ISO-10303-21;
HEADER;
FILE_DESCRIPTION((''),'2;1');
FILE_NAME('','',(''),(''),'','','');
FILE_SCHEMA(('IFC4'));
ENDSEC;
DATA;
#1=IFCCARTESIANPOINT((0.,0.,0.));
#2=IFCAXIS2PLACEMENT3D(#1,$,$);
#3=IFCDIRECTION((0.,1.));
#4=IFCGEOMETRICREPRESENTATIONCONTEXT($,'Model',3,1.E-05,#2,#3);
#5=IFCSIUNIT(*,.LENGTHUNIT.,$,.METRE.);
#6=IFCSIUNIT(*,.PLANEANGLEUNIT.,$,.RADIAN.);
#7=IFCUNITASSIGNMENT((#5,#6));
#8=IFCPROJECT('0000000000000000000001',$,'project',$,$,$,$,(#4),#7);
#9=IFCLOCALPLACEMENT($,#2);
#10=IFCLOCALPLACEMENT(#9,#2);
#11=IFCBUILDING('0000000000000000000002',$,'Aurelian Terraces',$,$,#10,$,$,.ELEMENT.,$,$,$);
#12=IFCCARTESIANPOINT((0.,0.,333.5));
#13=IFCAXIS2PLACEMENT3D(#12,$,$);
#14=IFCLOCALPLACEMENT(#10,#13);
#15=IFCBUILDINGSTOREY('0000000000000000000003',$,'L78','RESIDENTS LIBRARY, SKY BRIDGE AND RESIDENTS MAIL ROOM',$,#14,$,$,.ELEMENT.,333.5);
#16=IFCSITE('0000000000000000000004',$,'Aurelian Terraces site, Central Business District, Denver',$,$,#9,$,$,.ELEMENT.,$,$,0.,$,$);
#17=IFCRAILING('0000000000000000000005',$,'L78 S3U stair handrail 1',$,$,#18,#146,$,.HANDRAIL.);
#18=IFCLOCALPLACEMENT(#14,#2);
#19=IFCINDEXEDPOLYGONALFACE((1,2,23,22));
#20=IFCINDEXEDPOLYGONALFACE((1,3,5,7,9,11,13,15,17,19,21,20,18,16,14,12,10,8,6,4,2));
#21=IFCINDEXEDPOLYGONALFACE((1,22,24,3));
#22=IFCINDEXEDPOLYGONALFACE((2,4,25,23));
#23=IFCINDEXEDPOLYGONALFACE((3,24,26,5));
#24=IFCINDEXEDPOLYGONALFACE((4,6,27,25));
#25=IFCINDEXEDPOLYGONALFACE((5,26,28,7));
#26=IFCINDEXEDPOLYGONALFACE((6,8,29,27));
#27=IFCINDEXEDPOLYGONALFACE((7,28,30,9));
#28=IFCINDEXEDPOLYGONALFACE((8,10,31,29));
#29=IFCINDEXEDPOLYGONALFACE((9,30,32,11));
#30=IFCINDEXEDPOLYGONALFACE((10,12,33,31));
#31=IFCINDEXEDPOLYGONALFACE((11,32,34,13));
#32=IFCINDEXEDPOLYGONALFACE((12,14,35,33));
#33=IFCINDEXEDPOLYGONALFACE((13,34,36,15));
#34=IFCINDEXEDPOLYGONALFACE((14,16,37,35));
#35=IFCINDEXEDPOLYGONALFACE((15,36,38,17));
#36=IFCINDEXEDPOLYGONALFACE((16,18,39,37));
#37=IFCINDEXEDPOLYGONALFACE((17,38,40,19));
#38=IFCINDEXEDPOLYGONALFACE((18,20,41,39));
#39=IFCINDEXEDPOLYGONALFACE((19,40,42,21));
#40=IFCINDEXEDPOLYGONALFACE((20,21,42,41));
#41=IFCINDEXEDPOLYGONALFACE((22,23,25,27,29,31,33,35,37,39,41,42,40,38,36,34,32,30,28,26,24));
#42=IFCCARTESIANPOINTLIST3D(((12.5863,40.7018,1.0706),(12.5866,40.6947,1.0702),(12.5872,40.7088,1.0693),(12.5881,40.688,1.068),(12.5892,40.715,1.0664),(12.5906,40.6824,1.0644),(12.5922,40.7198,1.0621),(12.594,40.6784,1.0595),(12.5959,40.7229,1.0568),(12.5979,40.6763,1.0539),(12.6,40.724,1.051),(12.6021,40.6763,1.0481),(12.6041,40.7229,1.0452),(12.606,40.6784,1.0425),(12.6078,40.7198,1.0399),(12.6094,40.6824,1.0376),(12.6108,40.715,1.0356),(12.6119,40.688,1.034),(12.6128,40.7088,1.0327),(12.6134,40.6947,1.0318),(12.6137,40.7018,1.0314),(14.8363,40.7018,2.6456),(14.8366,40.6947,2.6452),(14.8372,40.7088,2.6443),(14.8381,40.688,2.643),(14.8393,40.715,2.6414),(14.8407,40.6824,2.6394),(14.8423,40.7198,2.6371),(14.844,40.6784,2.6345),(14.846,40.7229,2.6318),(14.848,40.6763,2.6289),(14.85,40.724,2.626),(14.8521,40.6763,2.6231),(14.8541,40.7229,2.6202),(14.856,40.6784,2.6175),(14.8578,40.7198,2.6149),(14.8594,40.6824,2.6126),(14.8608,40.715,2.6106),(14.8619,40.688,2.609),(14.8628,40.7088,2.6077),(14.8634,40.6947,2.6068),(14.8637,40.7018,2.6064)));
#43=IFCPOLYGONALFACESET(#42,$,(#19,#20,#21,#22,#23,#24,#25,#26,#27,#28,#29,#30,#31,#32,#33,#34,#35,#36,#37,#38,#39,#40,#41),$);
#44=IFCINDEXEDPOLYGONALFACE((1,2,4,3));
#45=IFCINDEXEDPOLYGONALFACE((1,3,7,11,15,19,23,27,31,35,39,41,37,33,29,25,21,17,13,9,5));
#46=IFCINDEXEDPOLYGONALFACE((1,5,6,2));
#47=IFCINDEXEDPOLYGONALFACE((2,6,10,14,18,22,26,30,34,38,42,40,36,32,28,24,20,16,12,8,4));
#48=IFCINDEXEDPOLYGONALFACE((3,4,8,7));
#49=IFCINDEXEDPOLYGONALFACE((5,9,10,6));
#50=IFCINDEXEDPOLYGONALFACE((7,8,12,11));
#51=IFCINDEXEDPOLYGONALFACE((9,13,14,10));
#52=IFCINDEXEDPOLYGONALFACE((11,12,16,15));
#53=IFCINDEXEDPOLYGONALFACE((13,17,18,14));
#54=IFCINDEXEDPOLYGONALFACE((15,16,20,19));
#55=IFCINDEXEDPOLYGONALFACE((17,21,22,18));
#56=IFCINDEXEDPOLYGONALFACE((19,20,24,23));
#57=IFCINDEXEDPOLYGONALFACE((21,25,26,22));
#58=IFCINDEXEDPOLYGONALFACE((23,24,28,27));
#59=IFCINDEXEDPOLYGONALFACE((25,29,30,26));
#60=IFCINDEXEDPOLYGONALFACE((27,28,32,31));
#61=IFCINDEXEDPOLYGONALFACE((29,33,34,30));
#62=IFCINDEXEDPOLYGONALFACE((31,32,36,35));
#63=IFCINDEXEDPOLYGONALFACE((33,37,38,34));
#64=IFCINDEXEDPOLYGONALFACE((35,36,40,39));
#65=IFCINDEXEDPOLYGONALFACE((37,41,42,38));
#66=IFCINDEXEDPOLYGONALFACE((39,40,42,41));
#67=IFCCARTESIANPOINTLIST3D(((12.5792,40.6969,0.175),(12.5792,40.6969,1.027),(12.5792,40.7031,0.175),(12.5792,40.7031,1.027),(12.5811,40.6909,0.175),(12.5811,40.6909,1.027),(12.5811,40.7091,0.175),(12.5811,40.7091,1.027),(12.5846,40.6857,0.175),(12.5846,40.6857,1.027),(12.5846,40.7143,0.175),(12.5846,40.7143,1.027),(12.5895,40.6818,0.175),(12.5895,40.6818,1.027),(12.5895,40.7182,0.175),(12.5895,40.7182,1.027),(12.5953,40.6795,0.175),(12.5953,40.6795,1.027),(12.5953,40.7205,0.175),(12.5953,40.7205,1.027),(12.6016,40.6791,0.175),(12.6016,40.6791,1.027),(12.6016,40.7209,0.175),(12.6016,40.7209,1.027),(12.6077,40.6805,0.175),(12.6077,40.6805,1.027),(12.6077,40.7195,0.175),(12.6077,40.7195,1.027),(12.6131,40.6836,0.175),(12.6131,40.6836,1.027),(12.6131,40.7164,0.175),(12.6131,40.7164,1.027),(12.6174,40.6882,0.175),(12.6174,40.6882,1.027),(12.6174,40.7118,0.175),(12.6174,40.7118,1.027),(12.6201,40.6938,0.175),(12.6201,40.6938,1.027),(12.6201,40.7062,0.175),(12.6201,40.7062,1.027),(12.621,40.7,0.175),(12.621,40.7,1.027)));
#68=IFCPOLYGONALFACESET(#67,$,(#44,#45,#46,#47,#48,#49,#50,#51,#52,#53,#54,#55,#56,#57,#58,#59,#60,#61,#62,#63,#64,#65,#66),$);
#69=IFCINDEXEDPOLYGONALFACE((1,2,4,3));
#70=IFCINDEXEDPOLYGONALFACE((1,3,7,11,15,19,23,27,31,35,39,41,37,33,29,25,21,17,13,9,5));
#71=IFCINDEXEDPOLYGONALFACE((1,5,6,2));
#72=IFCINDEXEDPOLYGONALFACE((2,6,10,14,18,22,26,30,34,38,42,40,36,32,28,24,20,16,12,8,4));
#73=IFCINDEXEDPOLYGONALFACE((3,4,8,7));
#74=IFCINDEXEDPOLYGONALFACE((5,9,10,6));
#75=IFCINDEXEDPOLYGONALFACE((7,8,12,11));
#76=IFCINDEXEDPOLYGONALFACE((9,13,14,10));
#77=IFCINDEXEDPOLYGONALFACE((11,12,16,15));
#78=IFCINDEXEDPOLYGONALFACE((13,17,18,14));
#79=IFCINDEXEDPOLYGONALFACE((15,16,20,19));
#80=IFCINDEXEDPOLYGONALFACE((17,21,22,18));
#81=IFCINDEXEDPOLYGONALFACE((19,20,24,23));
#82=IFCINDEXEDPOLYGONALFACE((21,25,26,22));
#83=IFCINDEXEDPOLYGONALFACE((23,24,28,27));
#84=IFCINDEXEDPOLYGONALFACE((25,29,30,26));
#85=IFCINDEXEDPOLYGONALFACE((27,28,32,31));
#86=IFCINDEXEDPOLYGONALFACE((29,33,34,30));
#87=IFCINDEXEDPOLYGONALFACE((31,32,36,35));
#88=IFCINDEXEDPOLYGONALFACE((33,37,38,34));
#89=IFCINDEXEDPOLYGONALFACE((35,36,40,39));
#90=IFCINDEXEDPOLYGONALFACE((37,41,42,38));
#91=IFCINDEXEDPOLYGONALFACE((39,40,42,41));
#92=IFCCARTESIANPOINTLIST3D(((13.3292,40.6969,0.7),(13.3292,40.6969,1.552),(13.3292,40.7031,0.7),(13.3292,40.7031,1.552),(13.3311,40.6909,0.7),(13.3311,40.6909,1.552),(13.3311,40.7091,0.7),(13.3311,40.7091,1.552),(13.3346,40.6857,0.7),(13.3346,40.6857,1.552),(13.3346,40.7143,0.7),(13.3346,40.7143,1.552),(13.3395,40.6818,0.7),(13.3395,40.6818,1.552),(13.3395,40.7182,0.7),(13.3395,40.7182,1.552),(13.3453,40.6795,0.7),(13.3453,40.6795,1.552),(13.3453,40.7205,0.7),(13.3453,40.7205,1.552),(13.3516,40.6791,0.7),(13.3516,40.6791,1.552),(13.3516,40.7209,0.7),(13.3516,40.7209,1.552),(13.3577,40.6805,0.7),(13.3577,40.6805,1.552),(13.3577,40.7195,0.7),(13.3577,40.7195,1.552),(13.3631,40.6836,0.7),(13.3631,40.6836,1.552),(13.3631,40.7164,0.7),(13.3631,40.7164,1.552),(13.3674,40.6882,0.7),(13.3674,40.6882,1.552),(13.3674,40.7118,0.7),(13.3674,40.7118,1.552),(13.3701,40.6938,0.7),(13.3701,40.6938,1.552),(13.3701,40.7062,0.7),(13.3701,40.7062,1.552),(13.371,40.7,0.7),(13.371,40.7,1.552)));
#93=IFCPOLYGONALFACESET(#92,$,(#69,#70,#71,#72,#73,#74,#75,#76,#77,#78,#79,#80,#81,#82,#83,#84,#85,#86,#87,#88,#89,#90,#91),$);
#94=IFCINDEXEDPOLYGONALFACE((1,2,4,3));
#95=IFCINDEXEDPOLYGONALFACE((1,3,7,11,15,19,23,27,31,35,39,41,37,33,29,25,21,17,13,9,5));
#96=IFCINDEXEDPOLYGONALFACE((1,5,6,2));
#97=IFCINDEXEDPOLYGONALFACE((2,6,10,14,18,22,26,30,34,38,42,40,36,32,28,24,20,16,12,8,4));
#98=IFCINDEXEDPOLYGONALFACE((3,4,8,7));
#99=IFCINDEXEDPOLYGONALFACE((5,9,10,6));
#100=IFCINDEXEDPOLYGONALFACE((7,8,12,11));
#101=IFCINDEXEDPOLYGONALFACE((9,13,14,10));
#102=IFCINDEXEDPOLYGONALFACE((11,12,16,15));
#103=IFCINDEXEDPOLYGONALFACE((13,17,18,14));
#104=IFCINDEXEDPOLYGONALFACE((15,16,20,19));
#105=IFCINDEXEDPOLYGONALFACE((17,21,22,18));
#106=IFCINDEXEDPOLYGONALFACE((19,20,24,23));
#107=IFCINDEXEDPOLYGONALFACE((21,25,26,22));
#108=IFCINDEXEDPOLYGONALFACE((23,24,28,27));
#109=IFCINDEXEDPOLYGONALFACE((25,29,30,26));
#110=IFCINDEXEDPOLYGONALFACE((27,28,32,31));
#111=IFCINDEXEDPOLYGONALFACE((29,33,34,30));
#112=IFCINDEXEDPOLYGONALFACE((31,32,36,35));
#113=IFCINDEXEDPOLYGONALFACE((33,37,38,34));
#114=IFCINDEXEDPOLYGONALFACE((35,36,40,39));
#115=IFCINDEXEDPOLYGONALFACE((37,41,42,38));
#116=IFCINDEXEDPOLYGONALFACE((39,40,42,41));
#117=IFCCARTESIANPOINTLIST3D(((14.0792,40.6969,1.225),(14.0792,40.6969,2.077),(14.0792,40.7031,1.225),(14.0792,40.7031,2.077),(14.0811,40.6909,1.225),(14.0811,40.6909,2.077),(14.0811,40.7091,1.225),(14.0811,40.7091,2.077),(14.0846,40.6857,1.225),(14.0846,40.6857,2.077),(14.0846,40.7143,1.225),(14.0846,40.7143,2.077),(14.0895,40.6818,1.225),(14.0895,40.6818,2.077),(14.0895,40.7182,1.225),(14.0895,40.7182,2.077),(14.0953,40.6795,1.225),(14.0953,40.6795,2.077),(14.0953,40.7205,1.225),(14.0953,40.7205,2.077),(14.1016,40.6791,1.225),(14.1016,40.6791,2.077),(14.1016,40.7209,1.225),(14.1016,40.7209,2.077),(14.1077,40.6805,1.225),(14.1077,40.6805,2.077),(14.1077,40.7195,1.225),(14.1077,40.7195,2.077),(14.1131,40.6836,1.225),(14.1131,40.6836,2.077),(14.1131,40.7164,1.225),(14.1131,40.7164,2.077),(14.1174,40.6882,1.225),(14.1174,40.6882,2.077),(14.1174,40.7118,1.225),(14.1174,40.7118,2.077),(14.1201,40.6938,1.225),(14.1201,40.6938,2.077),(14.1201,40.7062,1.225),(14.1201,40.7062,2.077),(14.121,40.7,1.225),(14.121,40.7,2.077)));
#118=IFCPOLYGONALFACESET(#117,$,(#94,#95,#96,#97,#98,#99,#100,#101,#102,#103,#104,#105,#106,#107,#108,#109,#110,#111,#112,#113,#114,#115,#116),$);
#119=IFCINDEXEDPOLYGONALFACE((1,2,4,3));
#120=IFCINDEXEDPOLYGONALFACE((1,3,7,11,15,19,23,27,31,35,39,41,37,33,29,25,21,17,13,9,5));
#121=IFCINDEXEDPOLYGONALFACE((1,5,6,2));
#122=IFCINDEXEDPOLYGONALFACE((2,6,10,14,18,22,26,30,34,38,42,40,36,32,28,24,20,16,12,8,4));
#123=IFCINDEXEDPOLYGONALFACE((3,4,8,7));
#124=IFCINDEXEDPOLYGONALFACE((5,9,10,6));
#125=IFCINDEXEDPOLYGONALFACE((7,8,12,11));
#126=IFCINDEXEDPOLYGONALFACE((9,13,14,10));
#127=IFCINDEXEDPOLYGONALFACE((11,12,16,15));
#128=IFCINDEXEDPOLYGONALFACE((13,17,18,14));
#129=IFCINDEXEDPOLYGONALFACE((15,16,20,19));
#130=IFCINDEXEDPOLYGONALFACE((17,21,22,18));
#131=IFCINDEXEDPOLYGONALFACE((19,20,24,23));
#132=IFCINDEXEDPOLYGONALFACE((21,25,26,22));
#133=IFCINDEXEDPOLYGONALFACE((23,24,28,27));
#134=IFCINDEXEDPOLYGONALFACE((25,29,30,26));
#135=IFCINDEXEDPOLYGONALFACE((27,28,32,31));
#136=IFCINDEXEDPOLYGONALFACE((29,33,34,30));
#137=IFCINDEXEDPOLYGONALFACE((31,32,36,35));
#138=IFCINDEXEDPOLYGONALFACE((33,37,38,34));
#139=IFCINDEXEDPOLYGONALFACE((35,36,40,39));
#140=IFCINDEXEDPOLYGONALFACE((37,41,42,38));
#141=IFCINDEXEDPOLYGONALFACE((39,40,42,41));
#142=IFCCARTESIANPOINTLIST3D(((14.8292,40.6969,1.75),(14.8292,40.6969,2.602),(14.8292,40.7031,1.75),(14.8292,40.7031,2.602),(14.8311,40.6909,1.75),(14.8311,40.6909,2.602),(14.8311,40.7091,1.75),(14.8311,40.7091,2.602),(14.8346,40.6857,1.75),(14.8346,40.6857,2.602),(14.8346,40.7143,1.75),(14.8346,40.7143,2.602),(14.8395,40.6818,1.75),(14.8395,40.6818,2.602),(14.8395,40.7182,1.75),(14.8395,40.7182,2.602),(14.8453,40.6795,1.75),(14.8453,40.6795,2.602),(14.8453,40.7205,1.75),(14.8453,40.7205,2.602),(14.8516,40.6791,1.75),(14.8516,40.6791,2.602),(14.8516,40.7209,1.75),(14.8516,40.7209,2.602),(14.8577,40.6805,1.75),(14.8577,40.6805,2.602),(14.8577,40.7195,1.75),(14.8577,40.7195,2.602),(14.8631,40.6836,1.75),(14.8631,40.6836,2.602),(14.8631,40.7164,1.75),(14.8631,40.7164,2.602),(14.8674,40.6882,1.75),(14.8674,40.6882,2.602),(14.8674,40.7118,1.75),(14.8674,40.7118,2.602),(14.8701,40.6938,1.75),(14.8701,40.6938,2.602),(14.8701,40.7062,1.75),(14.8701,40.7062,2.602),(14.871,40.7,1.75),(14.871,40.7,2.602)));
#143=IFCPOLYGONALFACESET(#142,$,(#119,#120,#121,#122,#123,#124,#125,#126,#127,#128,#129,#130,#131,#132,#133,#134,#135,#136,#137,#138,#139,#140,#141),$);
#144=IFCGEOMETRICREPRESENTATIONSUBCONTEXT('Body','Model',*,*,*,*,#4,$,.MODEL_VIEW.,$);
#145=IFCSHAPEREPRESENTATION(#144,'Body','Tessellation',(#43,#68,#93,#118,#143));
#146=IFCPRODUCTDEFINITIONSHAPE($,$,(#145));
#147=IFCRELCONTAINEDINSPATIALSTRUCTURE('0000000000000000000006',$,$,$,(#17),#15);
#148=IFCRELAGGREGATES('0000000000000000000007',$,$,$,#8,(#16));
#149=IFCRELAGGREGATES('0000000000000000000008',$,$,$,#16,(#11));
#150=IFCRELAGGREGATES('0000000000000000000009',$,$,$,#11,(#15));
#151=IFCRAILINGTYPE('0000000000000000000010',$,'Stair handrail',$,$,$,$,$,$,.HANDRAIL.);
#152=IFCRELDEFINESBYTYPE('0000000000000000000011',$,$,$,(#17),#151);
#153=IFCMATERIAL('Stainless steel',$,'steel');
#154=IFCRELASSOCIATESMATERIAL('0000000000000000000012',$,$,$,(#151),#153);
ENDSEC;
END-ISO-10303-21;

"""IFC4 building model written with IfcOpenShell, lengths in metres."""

from ifc_helpers import new_model, si_unit, direction, frame, origin, origin_2d, place, context, subcontext, project, spatial, circle, extrude, source, transform, mapped, material, type_object, element, save


model = new_model("IFC4")

# Units and contexts
model_context = context("Model", 3, precision=1e-05, world=origin(), true_north=direction((0.0, 1.0)))
body_context = subcontext(model_context, "Body", "Model", "MODEL_VIEW")
ifc_project = project(units=[si_unit("LENGTHUNIT", "METRE"), si_unit("PLANEANGLEUNIT", "RADIAN")], contexts=[model_context])

# Site, building, storey
site_placement = place(None, origin())
site = spatial("IfcSite", under=ifc_project, at=site_placement, Name="Aurelian Terraces site, Central Business District, Denver", CompositionType="ELEMENT", RefElevation=0.0)
building_placement = place(site_placement, origin())
building = spatial("IfcBuilding", under=site, at=building_placement, Name="Aurelian Terraces", CompositionType="ELEMENT")
storey_placement = place(building_placement, frame((0.0, 0.0, 333.5)))
storey = spatial("IfcBuildingStorey", under=building, at=storey_placement, Name="L78", Description="RESIDENTS LIBRARY, SKY BRIDGE AND RESIDENTS MAIL ROOM", CompositionType="ELEMENT", Elevation=333.5)

# Railing
ifc_material_1 = material(Name="Stainless steel", Category="steel")
railing_type_1 = type_object("IfcRailingType", Name="Stair handrail", PredefinedType="HANDRAIL", material=ifc_material_1)
shared_shape_1 = source(origin(), body_context, "Body", "SweptSolid", [
    extrude(circle(Radius=0.024, at=origin_2d()), frame((0.0, 0.0, 0.876), z_axis=(0.819232, 0.0, 0.573462), x_axis=(0.0, 1.0, 0.0)), (0.0, 0.0, 1.0), 2.7465),
    extrude(circle(Radius=0.021, at=origin_2d()), origin(), (0.0, 0.0, 1.0), 0.852),
    extrude(circle(Radius=0.021, at=origin_2d()), frame((0.75, 0.0, 0.525)), (0.0, 0.0, 1.0), 0.852),
    extrude(circle(Radius=0.021, at=origin_2d()), frame((1.5, 0.0, 1.05)), (0.0, 0.0, 1.0), 0.852),
    extrude(circle(Radius=0.021, at=origin_2d()), frame((2.25, 0.0, 1.575)), (0.0, 0.0, 1.0), 0.852),
])
railing_1_placement = place(storey_placement, frame((12.6, 40.7, 0.175)))
element("IfcRailing", 1, at=railing_1_placement, inside=storey, type_object=railing_type_1, Name="L78 S3U stair handrail 1", PredefinedType="HANDRAIL", context=body_context, shape_type="MappedRepresentation", body=[
    mapped(shared_shape_1, transform((0.0, 0.0, 0.0), scale=1.0)),
])

save(model, "model.ifc")
